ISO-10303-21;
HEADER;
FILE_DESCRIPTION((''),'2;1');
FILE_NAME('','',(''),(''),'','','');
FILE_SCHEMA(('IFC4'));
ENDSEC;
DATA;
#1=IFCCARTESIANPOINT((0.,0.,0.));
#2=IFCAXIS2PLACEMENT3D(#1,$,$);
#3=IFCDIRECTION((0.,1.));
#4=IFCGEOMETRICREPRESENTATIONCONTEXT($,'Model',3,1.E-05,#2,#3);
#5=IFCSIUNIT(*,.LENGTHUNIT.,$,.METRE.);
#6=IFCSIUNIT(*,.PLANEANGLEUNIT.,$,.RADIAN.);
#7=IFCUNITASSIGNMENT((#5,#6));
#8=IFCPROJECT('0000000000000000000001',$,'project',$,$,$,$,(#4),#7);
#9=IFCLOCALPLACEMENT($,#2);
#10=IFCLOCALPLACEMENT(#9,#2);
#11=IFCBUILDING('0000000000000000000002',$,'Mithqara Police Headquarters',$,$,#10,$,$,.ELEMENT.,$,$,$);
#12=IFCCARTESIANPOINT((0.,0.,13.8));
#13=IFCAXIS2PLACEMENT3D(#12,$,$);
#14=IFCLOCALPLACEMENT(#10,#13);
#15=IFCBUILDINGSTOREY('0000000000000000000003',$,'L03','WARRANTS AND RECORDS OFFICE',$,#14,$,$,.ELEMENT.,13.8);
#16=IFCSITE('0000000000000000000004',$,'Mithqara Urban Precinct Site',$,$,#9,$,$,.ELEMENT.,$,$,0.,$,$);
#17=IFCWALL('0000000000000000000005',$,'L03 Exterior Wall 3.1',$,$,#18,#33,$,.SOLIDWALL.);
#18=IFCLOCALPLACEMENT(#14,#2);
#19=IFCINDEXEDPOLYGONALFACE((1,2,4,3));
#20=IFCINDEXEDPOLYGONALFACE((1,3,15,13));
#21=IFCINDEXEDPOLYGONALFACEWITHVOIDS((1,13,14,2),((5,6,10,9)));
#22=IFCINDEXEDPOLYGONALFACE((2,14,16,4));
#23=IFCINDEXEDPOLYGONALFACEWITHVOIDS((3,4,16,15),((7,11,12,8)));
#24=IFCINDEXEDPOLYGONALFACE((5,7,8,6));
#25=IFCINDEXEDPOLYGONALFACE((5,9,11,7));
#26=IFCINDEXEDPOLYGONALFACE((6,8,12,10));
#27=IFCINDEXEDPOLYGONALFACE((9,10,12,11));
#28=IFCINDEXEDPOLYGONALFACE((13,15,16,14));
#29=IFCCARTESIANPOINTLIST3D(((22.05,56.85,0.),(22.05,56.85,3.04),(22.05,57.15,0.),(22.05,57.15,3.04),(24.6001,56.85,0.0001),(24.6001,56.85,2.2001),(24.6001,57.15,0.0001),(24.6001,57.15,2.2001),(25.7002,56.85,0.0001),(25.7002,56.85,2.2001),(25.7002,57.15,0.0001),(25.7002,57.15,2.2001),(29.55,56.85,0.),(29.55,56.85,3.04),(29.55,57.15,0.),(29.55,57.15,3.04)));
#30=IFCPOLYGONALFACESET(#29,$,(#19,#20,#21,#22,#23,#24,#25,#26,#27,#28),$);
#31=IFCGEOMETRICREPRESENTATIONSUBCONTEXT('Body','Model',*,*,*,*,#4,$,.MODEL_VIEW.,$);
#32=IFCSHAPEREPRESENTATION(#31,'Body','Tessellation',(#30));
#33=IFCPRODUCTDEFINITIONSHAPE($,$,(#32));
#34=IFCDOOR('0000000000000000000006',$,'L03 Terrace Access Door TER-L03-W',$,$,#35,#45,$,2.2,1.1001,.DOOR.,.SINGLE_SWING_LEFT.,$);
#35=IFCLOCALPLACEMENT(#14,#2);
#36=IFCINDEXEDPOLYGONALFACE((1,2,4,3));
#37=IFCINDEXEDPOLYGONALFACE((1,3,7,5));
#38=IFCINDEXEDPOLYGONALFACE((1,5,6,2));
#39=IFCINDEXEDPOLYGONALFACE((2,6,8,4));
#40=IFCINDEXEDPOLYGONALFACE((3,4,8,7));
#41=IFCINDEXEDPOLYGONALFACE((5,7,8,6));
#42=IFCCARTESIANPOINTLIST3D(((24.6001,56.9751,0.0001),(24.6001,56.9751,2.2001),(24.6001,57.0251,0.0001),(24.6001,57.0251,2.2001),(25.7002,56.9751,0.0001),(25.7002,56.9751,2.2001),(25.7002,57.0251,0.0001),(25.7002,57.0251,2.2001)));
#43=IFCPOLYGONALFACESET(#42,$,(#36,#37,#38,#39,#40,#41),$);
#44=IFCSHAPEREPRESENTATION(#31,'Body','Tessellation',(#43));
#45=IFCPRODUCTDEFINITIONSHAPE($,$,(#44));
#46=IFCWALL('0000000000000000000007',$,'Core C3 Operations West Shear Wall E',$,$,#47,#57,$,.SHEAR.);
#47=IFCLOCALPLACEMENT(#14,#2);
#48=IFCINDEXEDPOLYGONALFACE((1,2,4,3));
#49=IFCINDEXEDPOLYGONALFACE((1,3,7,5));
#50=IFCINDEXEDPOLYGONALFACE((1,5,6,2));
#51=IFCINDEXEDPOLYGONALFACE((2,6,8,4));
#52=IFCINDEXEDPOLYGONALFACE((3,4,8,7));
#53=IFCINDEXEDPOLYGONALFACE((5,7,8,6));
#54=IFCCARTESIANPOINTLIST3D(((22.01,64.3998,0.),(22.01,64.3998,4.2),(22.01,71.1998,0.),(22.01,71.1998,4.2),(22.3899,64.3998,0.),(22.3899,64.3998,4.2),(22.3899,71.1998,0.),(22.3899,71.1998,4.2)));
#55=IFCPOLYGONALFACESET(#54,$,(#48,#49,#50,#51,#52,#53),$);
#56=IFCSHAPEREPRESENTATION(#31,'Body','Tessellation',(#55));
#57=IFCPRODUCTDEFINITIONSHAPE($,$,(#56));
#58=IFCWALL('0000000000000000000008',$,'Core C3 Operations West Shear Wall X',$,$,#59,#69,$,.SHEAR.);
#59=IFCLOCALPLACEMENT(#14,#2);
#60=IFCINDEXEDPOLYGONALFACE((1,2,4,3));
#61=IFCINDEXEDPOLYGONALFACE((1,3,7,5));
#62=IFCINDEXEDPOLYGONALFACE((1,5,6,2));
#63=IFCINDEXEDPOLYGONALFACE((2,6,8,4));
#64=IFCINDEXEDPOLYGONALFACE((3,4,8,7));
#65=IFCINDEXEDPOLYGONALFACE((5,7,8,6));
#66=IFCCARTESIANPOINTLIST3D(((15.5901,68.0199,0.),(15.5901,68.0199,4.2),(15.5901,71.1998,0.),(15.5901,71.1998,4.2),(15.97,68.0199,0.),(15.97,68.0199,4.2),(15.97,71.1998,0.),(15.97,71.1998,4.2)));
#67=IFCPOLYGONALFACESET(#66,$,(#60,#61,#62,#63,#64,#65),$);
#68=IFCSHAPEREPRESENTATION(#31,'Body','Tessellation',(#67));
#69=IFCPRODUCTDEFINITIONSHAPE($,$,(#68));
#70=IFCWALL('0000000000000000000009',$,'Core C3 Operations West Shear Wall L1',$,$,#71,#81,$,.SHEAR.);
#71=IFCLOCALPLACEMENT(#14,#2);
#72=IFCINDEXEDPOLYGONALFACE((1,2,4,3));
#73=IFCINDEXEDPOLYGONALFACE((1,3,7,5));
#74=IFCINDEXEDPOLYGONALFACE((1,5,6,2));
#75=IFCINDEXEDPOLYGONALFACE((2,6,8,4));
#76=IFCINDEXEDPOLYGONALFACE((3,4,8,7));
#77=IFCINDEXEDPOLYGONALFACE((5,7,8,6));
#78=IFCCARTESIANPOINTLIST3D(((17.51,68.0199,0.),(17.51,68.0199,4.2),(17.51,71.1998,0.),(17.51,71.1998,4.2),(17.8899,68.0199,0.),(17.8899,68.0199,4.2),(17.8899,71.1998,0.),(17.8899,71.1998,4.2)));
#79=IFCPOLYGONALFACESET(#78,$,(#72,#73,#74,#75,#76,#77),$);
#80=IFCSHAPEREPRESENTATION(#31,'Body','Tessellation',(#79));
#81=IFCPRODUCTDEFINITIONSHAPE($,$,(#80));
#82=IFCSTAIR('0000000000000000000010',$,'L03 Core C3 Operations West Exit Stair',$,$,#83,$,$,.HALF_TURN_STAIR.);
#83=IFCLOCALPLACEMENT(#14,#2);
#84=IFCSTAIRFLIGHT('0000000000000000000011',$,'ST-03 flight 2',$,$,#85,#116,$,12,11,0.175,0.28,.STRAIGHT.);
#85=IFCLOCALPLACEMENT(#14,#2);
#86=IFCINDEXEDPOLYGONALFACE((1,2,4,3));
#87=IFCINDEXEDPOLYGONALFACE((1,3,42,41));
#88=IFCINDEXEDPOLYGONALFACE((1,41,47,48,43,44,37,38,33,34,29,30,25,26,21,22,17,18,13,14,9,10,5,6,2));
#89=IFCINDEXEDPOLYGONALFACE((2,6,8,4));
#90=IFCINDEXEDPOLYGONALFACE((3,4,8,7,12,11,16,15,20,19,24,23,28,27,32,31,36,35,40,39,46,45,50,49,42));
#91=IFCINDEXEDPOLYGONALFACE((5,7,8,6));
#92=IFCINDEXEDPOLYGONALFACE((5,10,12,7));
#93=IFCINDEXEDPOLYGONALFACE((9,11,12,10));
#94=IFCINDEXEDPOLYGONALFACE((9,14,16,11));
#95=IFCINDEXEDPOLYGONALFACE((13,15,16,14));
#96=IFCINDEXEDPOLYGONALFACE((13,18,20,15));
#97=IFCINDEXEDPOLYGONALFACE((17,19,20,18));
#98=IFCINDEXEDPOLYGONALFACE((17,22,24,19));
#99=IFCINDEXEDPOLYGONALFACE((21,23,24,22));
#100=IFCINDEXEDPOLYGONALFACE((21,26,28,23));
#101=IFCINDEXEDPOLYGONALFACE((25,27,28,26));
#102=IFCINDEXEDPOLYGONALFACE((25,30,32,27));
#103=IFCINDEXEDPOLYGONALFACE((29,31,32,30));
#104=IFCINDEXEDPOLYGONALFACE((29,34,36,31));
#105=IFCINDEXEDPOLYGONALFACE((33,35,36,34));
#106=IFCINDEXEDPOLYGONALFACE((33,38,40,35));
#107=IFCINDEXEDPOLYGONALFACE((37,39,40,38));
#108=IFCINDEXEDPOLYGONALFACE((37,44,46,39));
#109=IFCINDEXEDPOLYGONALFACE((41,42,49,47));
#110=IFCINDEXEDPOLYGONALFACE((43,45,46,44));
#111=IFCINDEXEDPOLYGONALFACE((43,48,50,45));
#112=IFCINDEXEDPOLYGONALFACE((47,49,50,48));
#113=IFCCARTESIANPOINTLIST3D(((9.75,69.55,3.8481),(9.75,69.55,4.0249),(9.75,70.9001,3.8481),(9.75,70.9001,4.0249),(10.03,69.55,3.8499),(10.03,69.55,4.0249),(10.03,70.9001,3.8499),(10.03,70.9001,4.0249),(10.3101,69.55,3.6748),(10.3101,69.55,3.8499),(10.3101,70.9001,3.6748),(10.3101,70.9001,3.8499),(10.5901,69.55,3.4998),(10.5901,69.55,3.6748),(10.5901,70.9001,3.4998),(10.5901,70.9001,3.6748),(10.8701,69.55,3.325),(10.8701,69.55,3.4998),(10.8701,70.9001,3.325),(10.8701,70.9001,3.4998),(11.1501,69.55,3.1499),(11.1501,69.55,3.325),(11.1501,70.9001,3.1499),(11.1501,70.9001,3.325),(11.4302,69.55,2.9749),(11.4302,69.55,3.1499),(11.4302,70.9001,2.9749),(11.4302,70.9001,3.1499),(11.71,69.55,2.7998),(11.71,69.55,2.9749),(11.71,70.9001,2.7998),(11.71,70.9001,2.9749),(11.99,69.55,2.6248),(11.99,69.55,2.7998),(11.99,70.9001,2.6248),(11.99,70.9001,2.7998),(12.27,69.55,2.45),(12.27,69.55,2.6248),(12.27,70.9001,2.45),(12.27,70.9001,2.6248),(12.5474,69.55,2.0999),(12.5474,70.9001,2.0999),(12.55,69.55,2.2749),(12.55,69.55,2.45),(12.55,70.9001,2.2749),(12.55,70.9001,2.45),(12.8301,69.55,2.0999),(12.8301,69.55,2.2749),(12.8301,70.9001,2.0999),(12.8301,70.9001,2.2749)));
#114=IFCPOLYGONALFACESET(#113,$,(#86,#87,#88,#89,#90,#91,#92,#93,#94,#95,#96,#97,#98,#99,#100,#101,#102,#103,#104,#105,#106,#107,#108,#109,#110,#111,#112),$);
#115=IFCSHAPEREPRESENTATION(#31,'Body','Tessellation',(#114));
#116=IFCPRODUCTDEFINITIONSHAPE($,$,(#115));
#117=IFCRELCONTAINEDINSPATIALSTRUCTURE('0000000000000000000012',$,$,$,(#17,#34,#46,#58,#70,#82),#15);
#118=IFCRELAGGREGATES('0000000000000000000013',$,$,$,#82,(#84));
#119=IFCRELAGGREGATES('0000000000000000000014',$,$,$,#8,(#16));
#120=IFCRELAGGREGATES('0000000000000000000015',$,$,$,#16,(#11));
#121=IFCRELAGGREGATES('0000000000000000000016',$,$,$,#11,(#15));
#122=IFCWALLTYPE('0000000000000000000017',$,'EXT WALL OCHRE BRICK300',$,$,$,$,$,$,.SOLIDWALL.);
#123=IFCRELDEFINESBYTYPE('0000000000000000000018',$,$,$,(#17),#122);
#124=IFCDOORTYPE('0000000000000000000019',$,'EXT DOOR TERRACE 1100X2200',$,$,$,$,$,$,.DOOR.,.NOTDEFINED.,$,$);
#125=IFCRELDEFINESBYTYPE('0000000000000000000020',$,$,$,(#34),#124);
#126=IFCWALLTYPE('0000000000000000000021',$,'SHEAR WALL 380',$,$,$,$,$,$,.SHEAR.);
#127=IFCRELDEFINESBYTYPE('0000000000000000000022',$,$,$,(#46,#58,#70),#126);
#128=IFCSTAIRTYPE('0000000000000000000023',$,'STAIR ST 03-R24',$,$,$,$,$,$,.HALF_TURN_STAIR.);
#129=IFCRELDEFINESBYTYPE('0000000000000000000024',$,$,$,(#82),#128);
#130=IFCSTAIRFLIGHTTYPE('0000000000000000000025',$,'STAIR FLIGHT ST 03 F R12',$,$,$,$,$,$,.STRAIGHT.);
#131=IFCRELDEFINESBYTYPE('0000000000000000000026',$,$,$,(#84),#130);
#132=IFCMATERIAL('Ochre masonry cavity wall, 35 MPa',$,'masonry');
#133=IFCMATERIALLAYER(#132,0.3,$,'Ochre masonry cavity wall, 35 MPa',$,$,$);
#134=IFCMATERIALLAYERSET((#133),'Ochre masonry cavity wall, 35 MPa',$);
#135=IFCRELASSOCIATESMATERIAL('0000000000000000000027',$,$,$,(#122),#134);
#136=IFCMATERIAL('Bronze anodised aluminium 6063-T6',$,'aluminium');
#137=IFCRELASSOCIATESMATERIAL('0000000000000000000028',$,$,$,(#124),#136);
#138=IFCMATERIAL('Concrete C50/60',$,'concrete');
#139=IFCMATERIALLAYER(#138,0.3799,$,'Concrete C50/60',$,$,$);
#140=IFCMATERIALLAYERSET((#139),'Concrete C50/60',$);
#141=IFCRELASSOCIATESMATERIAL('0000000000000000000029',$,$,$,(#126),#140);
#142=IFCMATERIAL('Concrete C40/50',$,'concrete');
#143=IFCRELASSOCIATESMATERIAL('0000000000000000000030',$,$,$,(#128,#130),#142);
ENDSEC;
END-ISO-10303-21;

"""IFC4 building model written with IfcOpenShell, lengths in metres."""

from ifc_helpers import new_model, si_unit, direction, frame, frame_2d, origin, place, context, subcontext, project, spatial, polyline, rectangle, outline, extrude, material, layer, layer_set, type_object, element, fill, aggregate, save


model = new_model("IFC4")

# Units and contexts
model_context = context("Model", 3, precision=1e-05, world=origin(), true_north=direction((0.0, 1.0)))
body_context = subcontext(model_context, "Body", "Model", "MODEL_VIEW")
ifc_project = project(units=[si_unit("LENGTHUNIT", "METRE"), si_unit("PLANEANGLEUNIT", "RADIAN")], contexts=[model_context])

# Site, building, storey
site_placement = place(None, origin())
site = spatial("IfcSite", under=ifc_project, at=site_placement, Name="Mithqara Urban Precinct Site", CompositionType="ELEMENT", RefElevation=0.0)
building_placement = place(site_placement, origin())
building = spatial("IfcBuilding", under=site, at=building_placement, Name="Mithqara Police Headquarters", CompositionType="ELEMENT")
storey_placement = place(building_placement, frame((0.0, 0.0, 13.8)))
storey = spatial("IfcBuildingStorey", under=building, at=storey_placement, Name="L03", Description="WARRANTS AND RECORDS OFFICE", CompositionType="ELEMENT", Elevation=13.8)

# Shared definitions
ifc_material_1 = material(Name="Concrete C50/60", Category="concrete")

# Shared definitions
ifc_material_2 = material(Name="Concrete C40/50", Category="concrete")

# Wall, opening, door
ifc_material_3 = material(Name="Ochre masonry cavity wall, 35 MPa", Category="masonry")
ifc_layer_1 = layer(ifc_material_3, 0.3, Name="Ochre masonry cavity wall, 35 MPa")
ifc_layer_set_1 = layer_set([ifc_layer_1], Name="Ochre masonry cavity wall, 35 MPa")
wall_type_1 = type_object("IfcWallType", Name="EXT WALL OCHRE BRICK300", PredefinedType="SOLIDWALL", material=ifc_layer_set_1)
wall_1_placement = place(storey_placement, frame((22.05, 57.0, 0.0), z_axis=(0.0, 0.0, 1.0), x_axis=(1.0, 0.0, 0.0)))
wall_1 = element("IfcWall", 1, at=wall_1_placement, inside=storey, type_object=wall_type_1, Name="L03 Exterior Wall 3.1", PredefinedType="SOLIDWALL", context=body_context, shape_type="SweptSolid", body=[
    extrude(rectangle(XDim=7.5, YDim=0.3, at=frame_2d((3.75, 0.0))), origin(), (0.0, 0.0, 1.0), 3.04),
])
opening_placement = place(wall_1_placement, frame((2.55, 0.0, 0.0)))
opening = element("IfcOpeningElement", 2, at=opening_placement, cuts=wall_1, PredefinedType="OPENING", context=body_context, shape_type="SweptSolid", body=[
    extrude(rectangle(XDim=1.1001, YDim=2.2, at=frame_2d((0.55, 1.1001))), frame((0.0, 0.1602, 0.0), z_axis=(0.0, -1.0, 0.0), x_axis=(1.0, 0.0, 0.0)), (0.0, 0.0, 1.0), 0.3201),
])
ifc_material_4 = material(Name="Bronze anodised aluminium 6063-T6", Category="aluminium")
door_type = type_object("IfcDoorType", Name="EXT DOOR TERRACE 1100X2200", OperationType="NOTDEFINED", PredefinedType="DOOR", material=ifc_material_4)
door_placement = place(opening_placement, frame((1.1001, 0.0, 0.0), z_axis=(0.0, 0.0, 1.0), x_axis=(-1.0, 0.0, 0.0)))
door = element("IfcDoor", 3, at=door_placement, inside=storey, type_object=door_type, Name="L03 Terrace Access Door TER-L03-W", OperationType="SINGLE_SWING_LEFT", OverallHeight=2.2, OverallWidth=1.1001, PredefinedType="DOOR", context=body_context, shape_type="SweptSolid", body=[
    extrude(rectangle(XDim=1.1001, YDim=2.2, at=frame_2d((0.55, 1.1001))), frame((0.0, 0.0249, 0.0), z_axis=(0.0, -1.0, 0.0), x_axis=(1.0, 0.0, 0.0)), (0.0, 0.0, 1.0), 0.05),
])
fill(opening, door)

# Walls
ifc_layer_2 = layer(ifc_material_1, 0.3799, Name="Concrete C50/60")
ifc_layer_set_2 = layer_set([ifc_layer_2], Name="Concrete C50/60")
wall_type_2 = type_object("IfcWallType", Name="SHEAR WALL 380", PredefinedType="SHEAR", material=ifc_layer_set_2)
wall_2_placement = place(storey_placement, frame((22.2, 64.3999, 0.0), z_axis=(0.0, 0.0, 1.0), x_axis=(0.0, 1.0, 0.0)))
element("IfcWall", 4, at=wall_2_placement, inside=storey, type_object=wall_type_2, Name="Core C3 Operations West Shear Wall E", PredefinedType="SHEAR", context=body_context, shape_type="SweptSolid", body=[
    extrude(rectangle(XDim=6.8, YDim=0.3799, at=frame_2d((3.3999, 0.0))), origin(), (0.0, 0.0, 1.0), 4.2),
])
for number, where, z_axis, x_axis, name in (
    (5, (15.78, 68.02, 0.0), (0.0, 0.0, 1.0), (0.0, 1.0, 0.0), "Core C3 Operations West Shear Wall X"),
    (6, (17.7, 68.02, 0.0), (0.0, 0.0, 1.0), (0.0, 1.0, 0.0), "Core C3 Operations West Shear Wall L1"),
):
    element("IfcWall", number, at=place(storey_placement, frame(where, z_axis=z_axis, x_axis=x_axis)), inside=storey, type_object=wall_type_2, Name=name, PredefinedType="SHEAR", context=body_context, shape_type="SweptSolid", body=[
        extrude(rectangle(XDim=3.1799, YDim=0.3799, at=frame_2d((1.5898, 0.0))), origin(), (0.0, 0.0, 1.0), 4.2),
    ])

# Stair, stair flight
stair_type = type_object("IfcStairType", Name="STAIR ST 03-R24", PredefinedType="HALF_TURN_STAIR", material=ifc_material_2)
stair_placement = place(storey_placement, origin())
stair = element("IfcStair", 7, at=stair_placement, inside=storey, type_object=stair_type, Name="L03 Core C3 Operations West Exit Stair", PredefinedType="HALF_TURN_STAIR")
stair_flight_type = type_object("IfcStairFlightType", Name="STAIR FLIGHT ST 03 F R12", PredefinedType="STRAIGHT", material=ifc_material_2)
stair_flight_placement = place(storey_placement, frame((12.8301, 70.2251, 2.0999), z_axis=(0.0, 0.0, 1.0), x_axis=(-1.0, 0.0, 0.0)))
stair_flight = element("IfcStairFlight", 8, at=stair_flight_placement, type_object=stair_flight_type, Name="ST-03 flight 2", NumberOfRisers=12, NumberOfTreads=11, PredefinedType="STRAIGHT", RiserHeight=0.175, TreadLength=0.28, context=body_context, shape_type="SweptSolid", body=[
    extrude(outline(polyline([(0.0, 0.0), (0.0, 0.175), (0.28, 0.175), (0.28, 0.3501), (0.5601, 0.3501), (0.5601, 0.5249), (0.8401, 0.5249), (0.8401, 0.7), (1.1201, 0.7), (1.1201, 0.875), (1.3999, 0.875), (1.3999, 1.05), (1.6799, 1.05), (1.6799, 1.2251), (1.96, 1.2251), (1.96, 1.3999), (2.24, 1.3999), (2.24, 1.575), (2.52, 1.575), (2.52, 1.75), (2.8, 1.75), (2.8, 1.925), (3.0801, 1.925), (3.0801, 2.1001), (3.0801, 1.7483), (0.2827, 0.0), (0.0, 0.0)])), frame((0.0, 0.675, 0.0), z_axis=(0.0, -1.0, 0.0), x_axis=(1.0, 0.0, 0.0)), (0.0, 0.0, 1.0), 1.3501),
])
aggregate(stair, [stair_flight])

save(model, "model.ifc")
